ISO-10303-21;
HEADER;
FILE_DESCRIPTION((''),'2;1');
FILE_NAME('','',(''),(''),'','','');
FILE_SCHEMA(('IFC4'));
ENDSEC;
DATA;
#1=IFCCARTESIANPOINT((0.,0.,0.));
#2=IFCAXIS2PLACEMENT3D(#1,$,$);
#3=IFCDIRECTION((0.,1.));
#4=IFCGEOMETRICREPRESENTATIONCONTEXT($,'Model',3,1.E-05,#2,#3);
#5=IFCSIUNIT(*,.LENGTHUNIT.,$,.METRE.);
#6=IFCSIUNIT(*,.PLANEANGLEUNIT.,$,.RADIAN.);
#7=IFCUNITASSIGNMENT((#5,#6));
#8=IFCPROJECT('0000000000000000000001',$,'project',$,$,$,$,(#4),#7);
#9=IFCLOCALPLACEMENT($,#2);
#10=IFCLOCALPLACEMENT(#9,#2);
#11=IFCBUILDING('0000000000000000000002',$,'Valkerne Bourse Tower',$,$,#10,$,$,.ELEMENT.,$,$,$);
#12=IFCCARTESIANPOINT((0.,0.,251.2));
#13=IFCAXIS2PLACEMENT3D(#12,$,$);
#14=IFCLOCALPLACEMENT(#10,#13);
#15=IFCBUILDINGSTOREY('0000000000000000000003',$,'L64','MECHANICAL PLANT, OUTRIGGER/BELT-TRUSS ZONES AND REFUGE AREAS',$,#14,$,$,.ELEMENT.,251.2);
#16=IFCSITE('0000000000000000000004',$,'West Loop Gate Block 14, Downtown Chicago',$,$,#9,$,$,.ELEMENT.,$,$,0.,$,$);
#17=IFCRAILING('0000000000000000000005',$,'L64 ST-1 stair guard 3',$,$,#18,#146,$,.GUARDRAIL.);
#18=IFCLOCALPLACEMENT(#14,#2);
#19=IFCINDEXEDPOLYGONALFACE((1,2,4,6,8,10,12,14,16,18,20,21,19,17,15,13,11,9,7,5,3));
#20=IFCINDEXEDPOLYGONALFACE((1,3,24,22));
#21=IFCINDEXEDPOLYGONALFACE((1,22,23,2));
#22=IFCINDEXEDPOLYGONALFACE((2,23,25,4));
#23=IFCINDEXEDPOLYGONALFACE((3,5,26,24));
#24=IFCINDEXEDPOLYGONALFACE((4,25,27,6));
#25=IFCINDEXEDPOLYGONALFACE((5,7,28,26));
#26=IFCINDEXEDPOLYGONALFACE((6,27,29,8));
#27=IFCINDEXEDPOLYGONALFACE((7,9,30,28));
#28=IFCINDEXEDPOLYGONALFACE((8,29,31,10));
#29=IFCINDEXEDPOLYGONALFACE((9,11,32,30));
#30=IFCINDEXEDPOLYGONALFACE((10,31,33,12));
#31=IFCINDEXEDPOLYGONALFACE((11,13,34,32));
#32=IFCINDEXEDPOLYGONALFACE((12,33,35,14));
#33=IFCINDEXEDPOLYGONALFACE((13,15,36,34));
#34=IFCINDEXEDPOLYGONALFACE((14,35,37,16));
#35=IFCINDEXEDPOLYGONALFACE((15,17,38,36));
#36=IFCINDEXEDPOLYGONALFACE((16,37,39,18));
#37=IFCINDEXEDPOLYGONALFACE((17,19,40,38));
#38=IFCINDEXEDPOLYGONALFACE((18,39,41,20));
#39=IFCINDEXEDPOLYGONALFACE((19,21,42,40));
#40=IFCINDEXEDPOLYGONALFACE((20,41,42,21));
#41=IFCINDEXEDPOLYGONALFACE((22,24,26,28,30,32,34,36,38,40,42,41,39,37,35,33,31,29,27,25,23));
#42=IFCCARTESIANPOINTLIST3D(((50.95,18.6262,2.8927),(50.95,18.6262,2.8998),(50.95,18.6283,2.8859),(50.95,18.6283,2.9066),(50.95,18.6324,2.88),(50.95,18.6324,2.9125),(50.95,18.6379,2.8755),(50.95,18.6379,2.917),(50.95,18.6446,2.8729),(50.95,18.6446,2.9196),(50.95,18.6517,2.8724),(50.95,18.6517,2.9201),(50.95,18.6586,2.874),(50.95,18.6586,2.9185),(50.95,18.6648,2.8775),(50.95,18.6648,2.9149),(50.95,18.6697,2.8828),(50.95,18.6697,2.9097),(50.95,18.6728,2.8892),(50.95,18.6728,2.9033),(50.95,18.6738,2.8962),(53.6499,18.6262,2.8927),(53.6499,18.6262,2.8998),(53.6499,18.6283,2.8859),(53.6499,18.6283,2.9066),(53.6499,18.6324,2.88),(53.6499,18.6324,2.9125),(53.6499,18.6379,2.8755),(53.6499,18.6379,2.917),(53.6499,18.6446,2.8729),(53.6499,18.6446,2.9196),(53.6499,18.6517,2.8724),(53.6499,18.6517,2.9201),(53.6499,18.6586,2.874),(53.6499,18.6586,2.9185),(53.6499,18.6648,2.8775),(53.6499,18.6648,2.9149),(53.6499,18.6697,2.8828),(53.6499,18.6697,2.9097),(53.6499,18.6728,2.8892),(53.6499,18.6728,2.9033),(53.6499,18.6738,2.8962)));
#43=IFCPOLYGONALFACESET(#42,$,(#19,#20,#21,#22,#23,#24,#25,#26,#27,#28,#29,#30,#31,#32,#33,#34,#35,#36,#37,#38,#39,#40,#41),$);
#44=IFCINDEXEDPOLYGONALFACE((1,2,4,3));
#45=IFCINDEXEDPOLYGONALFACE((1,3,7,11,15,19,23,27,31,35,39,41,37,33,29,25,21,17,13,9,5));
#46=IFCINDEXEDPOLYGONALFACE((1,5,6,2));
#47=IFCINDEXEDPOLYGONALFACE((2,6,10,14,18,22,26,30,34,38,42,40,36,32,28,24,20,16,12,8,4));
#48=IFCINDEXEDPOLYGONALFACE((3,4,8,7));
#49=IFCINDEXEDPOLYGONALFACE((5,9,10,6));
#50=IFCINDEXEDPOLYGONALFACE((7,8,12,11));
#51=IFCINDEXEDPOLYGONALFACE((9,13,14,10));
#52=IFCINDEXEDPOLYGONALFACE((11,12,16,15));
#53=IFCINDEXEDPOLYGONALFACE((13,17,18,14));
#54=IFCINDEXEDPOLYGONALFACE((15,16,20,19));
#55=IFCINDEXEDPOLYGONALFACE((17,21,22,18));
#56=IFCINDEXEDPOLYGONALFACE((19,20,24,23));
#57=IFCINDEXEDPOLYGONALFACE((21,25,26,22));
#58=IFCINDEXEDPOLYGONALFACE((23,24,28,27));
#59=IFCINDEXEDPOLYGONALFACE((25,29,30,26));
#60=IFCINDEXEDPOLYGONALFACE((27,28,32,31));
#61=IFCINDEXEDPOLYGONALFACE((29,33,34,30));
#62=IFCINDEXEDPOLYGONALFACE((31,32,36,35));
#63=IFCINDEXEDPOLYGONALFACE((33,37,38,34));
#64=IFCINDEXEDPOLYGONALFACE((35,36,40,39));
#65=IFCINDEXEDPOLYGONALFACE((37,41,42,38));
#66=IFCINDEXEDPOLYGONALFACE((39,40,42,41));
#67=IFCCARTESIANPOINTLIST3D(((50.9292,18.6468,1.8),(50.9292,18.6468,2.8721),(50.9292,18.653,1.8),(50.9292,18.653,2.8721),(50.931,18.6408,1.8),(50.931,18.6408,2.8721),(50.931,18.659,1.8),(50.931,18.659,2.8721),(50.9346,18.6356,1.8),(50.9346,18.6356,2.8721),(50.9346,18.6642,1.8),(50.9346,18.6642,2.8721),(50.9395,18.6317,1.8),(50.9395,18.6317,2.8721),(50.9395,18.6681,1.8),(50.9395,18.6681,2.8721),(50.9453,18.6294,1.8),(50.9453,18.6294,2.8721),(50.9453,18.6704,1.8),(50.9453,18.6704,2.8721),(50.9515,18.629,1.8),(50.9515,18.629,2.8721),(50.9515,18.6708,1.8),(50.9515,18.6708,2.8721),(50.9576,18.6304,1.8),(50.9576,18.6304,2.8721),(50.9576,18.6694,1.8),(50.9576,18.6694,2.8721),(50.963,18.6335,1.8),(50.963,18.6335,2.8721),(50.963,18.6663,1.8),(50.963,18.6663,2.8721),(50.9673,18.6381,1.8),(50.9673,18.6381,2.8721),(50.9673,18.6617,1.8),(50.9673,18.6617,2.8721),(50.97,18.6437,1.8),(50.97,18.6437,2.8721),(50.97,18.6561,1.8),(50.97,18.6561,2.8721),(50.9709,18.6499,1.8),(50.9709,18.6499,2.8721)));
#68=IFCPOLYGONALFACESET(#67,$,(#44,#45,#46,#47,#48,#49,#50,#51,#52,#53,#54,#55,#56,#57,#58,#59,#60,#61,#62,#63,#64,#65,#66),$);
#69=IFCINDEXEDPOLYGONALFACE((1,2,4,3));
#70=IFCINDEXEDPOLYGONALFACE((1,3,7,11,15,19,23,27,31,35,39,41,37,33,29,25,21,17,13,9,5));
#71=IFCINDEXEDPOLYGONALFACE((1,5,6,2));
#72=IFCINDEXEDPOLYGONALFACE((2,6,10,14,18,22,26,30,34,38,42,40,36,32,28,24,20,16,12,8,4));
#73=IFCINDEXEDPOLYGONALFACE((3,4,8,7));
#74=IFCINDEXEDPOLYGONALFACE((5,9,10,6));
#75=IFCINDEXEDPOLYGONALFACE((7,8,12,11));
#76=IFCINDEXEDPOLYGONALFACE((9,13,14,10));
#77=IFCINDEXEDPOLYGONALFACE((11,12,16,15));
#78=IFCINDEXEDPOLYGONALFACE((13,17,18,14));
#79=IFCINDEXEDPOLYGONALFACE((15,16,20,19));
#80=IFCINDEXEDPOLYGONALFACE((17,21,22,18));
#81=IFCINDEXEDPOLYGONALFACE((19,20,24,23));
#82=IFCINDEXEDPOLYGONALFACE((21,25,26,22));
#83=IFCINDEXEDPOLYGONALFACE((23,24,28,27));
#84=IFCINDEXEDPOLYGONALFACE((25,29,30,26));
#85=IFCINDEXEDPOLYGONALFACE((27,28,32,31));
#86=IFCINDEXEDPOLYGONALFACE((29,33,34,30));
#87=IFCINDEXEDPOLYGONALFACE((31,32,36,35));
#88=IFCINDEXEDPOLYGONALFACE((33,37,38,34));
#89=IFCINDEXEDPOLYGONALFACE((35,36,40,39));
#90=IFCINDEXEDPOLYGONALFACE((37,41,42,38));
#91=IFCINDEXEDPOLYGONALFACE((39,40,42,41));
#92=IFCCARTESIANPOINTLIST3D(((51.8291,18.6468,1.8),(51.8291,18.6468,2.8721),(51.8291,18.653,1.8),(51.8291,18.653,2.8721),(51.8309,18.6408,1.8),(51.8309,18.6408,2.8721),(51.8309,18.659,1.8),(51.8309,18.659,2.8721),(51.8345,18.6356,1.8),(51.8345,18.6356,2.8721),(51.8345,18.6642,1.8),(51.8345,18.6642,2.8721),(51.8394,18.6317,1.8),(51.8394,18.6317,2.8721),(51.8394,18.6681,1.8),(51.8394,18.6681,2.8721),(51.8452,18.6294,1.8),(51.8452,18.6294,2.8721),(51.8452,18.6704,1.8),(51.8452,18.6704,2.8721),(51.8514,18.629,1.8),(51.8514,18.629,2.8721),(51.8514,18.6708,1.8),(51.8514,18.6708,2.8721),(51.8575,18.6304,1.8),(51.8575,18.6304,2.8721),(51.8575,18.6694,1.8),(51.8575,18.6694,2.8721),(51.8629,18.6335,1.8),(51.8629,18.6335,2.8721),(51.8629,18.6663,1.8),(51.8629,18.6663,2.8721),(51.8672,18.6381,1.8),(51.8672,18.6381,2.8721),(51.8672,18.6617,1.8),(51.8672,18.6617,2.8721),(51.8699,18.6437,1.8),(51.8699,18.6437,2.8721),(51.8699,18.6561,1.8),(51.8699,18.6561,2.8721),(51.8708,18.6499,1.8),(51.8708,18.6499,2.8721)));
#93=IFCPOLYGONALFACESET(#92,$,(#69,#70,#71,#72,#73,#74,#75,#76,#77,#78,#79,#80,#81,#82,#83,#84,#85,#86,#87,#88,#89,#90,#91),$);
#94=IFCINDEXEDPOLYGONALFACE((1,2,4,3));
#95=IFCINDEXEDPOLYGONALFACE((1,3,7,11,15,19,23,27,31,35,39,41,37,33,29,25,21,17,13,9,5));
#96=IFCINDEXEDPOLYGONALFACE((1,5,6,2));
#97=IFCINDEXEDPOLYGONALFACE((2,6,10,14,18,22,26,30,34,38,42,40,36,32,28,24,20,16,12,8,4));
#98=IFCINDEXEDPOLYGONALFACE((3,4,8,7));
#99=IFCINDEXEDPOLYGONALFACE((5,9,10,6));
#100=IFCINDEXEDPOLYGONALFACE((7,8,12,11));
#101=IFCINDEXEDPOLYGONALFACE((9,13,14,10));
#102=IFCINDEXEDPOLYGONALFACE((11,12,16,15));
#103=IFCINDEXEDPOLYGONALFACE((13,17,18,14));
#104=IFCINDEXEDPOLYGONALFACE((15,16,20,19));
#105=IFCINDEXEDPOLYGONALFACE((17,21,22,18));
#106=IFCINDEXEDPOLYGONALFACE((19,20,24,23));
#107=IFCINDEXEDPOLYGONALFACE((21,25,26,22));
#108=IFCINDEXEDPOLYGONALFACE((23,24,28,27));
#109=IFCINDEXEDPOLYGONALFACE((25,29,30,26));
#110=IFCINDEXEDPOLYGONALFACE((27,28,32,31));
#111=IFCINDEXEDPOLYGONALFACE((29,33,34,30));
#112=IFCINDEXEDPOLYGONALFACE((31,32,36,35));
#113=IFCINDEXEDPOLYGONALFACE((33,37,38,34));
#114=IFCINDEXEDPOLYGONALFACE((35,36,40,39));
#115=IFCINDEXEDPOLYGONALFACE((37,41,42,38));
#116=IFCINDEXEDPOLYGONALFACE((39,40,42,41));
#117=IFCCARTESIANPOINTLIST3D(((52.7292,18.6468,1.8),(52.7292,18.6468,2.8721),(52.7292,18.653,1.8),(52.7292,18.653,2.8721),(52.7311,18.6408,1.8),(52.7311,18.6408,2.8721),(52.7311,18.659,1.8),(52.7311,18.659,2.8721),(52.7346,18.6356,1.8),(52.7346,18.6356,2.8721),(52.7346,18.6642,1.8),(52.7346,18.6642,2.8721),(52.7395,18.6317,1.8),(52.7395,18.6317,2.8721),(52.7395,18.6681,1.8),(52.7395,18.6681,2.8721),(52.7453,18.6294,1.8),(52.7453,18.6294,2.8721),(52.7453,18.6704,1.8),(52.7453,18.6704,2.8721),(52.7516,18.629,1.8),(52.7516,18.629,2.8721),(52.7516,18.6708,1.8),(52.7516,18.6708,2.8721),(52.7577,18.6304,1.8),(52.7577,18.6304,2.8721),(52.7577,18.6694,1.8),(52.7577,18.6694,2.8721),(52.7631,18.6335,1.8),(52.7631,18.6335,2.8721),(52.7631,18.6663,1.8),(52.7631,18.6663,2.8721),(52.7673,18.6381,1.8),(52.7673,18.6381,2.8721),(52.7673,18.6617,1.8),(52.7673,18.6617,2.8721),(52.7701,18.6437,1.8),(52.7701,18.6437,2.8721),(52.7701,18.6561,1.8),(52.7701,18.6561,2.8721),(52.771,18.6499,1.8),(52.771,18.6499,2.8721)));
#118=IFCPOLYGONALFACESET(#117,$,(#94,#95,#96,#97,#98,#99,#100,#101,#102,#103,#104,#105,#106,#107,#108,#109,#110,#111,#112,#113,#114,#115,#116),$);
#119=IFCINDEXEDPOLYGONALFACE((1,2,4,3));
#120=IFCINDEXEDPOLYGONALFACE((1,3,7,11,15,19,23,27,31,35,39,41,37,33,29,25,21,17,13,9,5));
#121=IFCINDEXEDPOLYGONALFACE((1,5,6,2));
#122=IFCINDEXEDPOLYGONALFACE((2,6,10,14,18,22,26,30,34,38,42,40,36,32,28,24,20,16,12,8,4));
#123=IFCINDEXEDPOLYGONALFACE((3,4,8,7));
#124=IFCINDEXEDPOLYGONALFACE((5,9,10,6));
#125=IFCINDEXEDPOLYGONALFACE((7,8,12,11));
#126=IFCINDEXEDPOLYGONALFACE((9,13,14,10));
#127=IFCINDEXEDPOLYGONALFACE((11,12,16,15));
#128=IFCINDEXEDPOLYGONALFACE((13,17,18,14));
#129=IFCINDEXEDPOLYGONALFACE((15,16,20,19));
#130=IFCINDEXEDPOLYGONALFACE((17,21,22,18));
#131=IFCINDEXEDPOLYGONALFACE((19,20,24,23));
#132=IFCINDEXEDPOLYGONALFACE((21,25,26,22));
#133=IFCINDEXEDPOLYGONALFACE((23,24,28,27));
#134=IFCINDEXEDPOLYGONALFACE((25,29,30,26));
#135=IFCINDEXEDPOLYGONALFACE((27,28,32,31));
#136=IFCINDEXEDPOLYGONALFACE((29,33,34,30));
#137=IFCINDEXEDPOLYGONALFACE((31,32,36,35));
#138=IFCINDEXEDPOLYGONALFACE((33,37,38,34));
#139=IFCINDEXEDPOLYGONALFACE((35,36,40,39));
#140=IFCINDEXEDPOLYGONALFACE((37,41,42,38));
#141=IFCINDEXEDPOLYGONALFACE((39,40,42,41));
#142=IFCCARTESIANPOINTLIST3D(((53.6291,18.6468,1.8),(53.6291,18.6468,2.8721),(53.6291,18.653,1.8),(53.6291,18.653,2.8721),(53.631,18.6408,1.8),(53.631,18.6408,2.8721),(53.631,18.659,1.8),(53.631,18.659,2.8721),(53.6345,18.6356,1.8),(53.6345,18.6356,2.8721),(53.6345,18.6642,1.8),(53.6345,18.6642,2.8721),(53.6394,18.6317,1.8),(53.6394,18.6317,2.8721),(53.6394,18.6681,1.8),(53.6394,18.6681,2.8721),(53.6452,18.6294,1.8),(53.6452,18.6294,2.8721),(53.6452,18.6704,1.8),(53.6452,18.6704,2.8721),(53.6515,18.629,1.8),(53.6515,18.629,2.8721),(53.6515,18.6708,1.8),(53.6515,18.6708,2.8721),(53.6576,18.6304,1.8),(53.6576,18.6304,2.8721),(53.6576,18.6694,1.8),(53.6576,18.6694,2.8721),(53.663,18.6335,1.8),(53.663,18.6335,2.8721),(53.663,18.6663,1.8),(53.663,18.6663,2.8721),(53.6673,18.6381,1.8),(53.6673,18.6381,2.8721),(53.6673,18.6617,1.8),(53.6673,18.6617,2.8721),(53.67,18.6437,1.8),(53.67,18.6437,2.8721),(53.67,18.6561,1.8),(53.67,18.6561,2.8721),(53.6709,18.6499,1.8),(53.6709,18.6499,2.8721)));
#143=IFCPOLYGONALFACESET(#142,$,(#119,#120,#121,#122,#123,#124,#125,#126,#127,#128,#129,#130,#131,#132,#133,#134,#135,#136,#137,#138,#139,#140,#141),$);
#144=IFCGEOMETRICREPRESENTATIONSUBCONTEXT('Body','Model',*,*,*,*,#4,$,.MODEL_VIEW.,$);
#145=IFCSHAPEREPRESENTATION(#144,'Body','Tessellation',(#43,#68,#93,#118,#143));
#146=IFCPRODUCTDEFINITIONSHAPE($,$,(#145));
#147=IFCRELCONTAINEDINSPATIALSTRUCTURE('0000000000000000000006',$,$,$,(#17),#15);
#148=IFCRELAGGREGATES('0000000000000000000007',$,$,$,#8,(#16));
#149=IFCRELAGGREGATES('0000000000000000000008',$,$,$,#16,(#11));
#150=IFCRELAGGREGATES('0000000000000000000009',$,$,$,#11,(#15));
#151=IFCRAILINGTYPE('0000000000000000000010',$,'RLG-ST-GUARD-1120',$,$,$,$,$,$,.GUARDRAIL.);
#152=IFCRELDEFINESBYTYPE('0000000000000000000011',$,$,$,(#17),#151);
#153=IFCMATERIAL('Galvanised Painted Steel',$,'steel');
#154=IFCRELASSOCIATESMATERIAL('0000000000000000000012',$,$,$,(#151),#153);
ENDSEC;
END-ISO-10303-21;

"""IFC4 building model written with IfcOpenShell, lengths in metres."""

from ifc_helpers import new_model, si_unit, direction, frame, origin, origin_2d, place, context, subcontext, project, spatial, circle, extrude, material, type_object, element, save


model = new_model("IFC4")

# Units and contexts
model_context = context("Model", 3, precision=1e-05, world=origin(), true_north=direction((0.0, 1.0)))
body_context = subcontext(model_context, "Body", "Model", "MODEL_VIEW")
ifc_project = project(units=[si_unit("LENGTHUNIT", "METRE"), si_unit("PLANEANGLEUNIT", "RADIAN")], contexts=[model_context])

# Site, building, storey
site_placement = place(None, origin())
site = spatial("IfcSite", under=ifc_project, at=site_placement, Name="West Loop Gate Block 14, Downtown Chicago", CompositionType="ELEMENT", RefElevation=0.0)
building_placement = place(site_placement, origin())
building = spatial("IfcBuilding", under=site, at=building_placement, Name="Valkerne Bourse Tower", CompositionType="ELEMENT")
storey_placement = place(building_placement, frame((0.0, 0.0, 251.2)))
storey = spatial("IfcBuildingStorey", under=building, at=storey_placement, Name="L64", Description="MECHANICAL PLANT, OUTRIGGER/BELT-TRUSS ZONES AND REFUGE AREAS", CompositionType="ELEMENT", Elevation=251.2)

# Railing
ifc_material_1 = material(Name="Galvanised Painted Steel", Category="steel")
railing_type_1 = type_object("IfcRailingType", Name="RLG-ST-GUARD-1120", PredefinedType="GUARDRAIL", material=ifc_material_1)
railing_1_placement = place(storey_placement, frame((50.95, 18.6499, 1.8)))
element("IfcRailing", 1, at=railing_1_placement, inside=storey, type_object=railing_type_1, Name="L64 ST-1 stair guard 3", PredefinedType="GUARDRAIL", context=body_context, shape_type="SweptSolid", body=[
    extrude(circle(Radius=0.0239, at=origin_2d()), frame((0.0, 0.0, 1.0962), z_axis=(1.0, 0.0, 0.0), x_axis=(0.0, 1.0, 0.0)), (0.0, 0.0, 1.0), 2.7),
    extrude(circle(Radius=0.021, at=origin_2d()), origin(), (0.0, 0.0, 1.0), 1.072),
    extrude(circle(Radius=0.021, at=origin_2d()), frame((0.8999, 0.0, 0.0)), (0.0, 0.0, 1.0), 1.072),
    extrude(circle(Radius=0.021, at=origin_2d()), frame((1.8, 0.0, 0.0)), (0.0, 0.0, 1.0), 1.072),
    extrude(circle(Radius=0.021, at=origin_2d()), frame((2.7, 0.0, 0.0)), (0.0, 0.0, 1.0), 1.072),
])

save(model, "model.ifc")
